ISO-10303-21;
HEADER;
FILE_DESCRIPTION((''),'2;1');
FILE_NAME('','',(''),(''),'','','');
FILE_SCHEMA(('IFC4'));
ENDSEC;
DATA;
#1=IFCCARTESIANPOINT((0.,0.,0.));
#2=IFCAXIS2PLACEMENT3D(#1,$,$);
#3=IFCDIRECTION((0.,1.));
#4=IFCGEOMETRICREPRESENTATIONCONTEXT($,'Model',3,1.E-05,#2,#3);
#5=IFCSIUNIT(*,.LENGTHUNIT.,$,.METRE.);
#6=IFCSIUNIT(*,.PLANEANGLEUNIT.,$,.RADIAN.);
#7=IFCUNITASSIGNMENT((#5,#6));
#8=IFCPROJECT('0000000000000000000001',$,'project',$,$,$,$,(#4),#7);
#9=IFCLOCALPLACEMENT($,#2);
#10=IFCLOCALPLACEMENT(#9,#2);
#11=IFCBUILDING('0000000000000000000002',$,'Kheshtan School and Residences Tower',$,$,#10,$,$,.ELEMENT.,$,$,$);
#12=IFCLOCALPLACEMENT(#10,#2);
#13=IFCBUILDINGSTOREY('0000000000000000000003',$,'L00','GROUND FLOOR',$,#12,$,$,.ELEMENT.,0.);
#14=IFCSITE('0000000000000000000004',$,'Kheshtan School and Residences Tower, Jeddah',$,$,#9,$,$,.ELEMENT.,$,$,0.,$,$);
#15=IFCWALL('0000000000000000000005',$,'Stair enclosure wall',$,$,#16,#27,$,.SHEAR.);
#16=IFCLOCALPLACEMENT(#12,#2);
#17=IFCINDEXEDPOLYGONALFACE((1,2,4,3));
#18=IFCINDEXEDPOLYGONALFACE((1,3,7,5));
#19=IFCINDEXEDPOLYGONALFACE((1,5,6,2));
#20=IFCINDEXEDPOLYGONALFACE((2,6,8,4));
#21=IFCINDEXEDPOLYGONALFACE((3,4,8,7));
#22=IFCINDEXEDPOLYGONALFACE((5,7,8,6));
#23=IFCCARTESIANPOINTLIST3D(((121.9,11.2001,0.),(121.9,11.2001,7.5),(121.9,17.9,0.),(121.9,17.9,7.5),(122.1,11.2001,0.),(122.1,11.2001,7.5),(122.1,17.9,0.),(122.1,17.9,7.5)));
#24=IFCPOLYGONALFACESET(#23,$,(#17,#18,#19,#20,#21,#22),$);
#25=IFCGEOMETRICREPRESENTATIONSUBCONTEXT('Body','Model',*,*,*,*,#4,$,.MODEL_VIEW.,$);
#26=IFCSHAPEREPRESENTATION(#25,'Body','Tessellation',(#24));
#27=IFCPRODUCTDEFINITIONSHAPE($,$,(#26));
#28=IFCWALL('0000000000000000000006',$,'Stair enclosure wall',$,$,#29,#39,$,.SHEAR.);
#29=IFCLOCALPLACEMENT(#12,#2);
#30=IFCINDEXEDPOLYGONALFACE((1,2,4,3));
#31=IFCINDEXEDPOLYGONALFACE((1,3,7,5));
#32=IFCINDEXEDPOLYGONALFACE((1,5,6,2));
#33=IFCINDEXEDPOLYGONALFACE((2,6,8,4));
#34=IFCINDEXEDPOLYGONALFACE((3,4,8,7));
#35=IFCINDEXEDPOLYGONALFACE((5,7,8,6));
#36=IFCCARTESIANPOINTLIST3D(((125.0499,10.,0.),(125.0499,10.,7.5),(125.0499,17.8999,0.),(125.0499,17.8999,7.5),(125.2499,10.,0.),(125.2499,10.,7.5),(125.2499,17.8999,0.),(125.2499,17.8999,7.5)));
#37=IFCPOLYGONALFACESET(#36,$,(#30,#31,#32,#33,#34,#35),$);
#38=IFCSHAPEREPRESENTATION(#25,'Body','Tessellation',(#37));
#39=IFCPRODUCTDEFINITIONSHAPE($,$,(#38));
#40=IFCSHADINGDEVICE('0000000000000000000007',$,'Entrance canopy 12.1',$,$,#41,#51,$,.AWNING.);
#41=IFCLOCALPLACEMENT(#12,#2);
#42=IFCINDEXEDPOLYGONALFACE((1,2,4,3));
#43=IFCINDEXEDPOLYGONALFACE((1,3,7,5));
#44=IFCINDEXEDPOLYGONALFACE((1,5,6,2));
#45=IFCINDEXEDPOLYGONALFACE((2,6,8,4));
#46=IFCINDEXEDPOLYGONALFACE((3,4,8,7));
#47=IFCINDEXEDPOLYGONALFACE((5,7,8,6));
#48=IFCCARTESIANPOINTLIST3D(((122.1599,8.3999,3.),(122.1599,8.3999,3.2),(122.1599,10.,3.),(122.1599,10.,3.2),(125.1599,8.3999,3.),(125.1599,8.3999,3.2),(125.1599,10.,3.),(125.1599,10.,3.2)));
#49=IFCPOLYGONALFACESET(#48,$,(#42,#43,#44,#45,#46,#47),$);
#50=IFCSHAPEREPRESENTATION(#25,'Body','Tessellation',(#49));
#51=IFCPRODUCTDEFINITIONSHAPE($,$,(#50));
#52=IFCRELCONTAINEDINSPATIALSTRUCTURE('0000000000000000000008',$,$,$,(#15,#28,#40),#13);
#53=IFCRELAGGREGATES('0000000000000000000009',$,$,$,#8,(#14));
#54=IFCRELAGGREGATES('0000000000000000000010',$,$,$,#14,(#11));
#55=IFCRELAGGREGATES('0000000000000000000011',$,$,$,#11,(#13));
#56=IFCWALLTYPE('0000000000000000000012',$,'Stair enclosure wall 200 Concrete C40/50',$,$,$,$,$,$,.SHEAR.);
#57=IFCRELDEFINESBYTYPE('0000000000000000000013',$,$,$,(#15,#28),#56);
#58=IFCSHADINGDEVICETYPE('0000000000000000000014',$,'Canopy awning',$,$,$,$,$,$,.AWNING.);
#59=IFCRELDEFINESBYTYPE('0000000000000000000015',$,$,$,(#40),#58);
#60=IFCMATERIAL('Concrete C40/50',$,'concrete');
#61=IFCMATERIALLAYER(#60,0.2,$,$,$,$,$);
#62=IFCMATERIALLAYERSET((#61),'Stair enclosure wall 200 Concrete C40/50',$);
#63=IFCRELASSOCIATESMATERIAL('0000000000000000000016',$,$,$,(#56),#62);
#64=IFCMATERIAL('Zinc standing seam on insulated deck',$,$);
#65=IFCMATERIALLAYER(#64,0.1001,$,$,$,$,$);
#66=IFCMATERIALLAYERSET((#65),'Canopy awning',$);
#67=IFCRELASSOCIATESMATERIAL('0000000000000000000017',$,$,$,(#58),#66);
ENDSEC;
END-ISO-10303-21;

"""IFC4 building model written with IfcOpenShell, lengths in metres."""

from ifc_helpers import new_model, si_unit, direction, frame, frame_2d, origin, origin_2d, place, context, subcontext, project, spatial, rectangle, extrude, material, layer, layer_set, type_object, element, save


model = new_model("IFC4")

# Units and contexts
model_context = context("Model", 3, precision=1e-05, world=origin(), true_north=direction((0.0, 1.0)))
body_context = subcontext(model_context, "Body", "Model", "MODEL_VIEW")
ifc_project = project(units=[si_unit("LENGTHUNIT", "METRE"), si_unit("PLANEANGLEUNIT", "RADIAN")], contexts=[model_context])

# Site, building, storey
site_placement = place(None, origin())
site = spatial("IfcSite", under=ifc_project, at=site_placement, Name="Kheshtan School and Residences Tower, Jeddah", CompositionType="ELEMENT", RefElevation=0.0)
building_placement = place(site_placement, origin())
building = spatial("IfcBuilding", under=site, at=building_placement, Name="Kheshtan School and Residences Tower", CompositionType="ELEMENT")
storey_placement = place(building_placement, origin())
storey = spatial("IfcBuildingStorey", under=building, at=storey_placement, Name="L00", Description="GROUND FLOOR", CompositionType="ELEMENT", Elevation=0.0)

# Shared definitions
ifc_material_1 = material(Name="Concrete C40/50", Category="concrete")
ifc_layer_1 = layer(ifc_material_1, 0.2)
ifc_layer_set_1 = layer_set([ifc_layer_1], Name="Stair enclosure wall 200 Concrete C40/50")
wall_type_1 = type_object("IfcWallType", Name="Stair enclosure wall 200 Concrete C40/50", PredefinedType="SHEAR", material=ifc_layer_set_1)

# Walls
wall_1_placement = place(storey_placement, frame((122.0, 11.2, 0.0), z_axis=(0.0, 0.0, 1.0), x_axis=(0.0, 1.0, 0.0)))
element("IfcWall", 1, at=wall_1_placement, inside=storey, type_object=wall_type_1, Name="Stair enclosure wall", PredefinedType="SHEAR", context=body_context, shape_type="SweptSolid", body=[
    extrude(rectangle(XDim=6.7, YDim=0.2, at=frame_2d((3.3501, 0.0))), origin(), (0.0, 0.0, 1.0), 7.5),
])
wall_2_placement = place(storey_placement, frame((125.1499, 10.0, 0.0), z_axis=(0.0, 0.0, 1.0), x_axis=(0.0, 1.0, 0.0)))
element("IfcWall", 2, at=wall_2_placement, inside=storey, type_object=wall_type_1, Name="Stair enclosure wall", PredefinedType="SHEAR", context=body_context, shape_type="SweptSolid", body=[
    extrude(rectangle(XDim=7.8999, YDim=0.2, at=frame_2d((3.95, 0.0))), origin(), (0.0, 0.0, 1.0), 7.5),
])

# Shading device
ifc_material_2 = material(Name="Zinc standing seam on insulated deck")
ifc_layer_2 = layer(ifc_material_2, 0.1001)
ifc_layer_set_2 = layer_set([ifc_layer_2], Name="Canopy awning")
shading_device_type = type_object("IfcShadingDeviceType", Name="Canopy awning", PredefinedType="AWNING", material=ifc_layer_set_2)
shading_device_placement = place(storey_placement, frame((123.6599, 9.2, 3.0), z_axis=(0.0, 0.0, 1.0), x_axis=(-1.0, 0.0, 0.0)))
element("IfcShadingDevice", 3, at=shading_device_placement, inside=storey, type_object=shading_device_type, Name="Entrance canopy 12.1", PredefinedType="AWNING", context=body_context, shape_type="SweptSolid", body=[
    extrude(rectangle(XDim=3.0, YDim=1.6001, at=origin_2d()), origin(), (0.0, 0.0, 1.0), 0.2),
])

save(model, "model.ifc")
